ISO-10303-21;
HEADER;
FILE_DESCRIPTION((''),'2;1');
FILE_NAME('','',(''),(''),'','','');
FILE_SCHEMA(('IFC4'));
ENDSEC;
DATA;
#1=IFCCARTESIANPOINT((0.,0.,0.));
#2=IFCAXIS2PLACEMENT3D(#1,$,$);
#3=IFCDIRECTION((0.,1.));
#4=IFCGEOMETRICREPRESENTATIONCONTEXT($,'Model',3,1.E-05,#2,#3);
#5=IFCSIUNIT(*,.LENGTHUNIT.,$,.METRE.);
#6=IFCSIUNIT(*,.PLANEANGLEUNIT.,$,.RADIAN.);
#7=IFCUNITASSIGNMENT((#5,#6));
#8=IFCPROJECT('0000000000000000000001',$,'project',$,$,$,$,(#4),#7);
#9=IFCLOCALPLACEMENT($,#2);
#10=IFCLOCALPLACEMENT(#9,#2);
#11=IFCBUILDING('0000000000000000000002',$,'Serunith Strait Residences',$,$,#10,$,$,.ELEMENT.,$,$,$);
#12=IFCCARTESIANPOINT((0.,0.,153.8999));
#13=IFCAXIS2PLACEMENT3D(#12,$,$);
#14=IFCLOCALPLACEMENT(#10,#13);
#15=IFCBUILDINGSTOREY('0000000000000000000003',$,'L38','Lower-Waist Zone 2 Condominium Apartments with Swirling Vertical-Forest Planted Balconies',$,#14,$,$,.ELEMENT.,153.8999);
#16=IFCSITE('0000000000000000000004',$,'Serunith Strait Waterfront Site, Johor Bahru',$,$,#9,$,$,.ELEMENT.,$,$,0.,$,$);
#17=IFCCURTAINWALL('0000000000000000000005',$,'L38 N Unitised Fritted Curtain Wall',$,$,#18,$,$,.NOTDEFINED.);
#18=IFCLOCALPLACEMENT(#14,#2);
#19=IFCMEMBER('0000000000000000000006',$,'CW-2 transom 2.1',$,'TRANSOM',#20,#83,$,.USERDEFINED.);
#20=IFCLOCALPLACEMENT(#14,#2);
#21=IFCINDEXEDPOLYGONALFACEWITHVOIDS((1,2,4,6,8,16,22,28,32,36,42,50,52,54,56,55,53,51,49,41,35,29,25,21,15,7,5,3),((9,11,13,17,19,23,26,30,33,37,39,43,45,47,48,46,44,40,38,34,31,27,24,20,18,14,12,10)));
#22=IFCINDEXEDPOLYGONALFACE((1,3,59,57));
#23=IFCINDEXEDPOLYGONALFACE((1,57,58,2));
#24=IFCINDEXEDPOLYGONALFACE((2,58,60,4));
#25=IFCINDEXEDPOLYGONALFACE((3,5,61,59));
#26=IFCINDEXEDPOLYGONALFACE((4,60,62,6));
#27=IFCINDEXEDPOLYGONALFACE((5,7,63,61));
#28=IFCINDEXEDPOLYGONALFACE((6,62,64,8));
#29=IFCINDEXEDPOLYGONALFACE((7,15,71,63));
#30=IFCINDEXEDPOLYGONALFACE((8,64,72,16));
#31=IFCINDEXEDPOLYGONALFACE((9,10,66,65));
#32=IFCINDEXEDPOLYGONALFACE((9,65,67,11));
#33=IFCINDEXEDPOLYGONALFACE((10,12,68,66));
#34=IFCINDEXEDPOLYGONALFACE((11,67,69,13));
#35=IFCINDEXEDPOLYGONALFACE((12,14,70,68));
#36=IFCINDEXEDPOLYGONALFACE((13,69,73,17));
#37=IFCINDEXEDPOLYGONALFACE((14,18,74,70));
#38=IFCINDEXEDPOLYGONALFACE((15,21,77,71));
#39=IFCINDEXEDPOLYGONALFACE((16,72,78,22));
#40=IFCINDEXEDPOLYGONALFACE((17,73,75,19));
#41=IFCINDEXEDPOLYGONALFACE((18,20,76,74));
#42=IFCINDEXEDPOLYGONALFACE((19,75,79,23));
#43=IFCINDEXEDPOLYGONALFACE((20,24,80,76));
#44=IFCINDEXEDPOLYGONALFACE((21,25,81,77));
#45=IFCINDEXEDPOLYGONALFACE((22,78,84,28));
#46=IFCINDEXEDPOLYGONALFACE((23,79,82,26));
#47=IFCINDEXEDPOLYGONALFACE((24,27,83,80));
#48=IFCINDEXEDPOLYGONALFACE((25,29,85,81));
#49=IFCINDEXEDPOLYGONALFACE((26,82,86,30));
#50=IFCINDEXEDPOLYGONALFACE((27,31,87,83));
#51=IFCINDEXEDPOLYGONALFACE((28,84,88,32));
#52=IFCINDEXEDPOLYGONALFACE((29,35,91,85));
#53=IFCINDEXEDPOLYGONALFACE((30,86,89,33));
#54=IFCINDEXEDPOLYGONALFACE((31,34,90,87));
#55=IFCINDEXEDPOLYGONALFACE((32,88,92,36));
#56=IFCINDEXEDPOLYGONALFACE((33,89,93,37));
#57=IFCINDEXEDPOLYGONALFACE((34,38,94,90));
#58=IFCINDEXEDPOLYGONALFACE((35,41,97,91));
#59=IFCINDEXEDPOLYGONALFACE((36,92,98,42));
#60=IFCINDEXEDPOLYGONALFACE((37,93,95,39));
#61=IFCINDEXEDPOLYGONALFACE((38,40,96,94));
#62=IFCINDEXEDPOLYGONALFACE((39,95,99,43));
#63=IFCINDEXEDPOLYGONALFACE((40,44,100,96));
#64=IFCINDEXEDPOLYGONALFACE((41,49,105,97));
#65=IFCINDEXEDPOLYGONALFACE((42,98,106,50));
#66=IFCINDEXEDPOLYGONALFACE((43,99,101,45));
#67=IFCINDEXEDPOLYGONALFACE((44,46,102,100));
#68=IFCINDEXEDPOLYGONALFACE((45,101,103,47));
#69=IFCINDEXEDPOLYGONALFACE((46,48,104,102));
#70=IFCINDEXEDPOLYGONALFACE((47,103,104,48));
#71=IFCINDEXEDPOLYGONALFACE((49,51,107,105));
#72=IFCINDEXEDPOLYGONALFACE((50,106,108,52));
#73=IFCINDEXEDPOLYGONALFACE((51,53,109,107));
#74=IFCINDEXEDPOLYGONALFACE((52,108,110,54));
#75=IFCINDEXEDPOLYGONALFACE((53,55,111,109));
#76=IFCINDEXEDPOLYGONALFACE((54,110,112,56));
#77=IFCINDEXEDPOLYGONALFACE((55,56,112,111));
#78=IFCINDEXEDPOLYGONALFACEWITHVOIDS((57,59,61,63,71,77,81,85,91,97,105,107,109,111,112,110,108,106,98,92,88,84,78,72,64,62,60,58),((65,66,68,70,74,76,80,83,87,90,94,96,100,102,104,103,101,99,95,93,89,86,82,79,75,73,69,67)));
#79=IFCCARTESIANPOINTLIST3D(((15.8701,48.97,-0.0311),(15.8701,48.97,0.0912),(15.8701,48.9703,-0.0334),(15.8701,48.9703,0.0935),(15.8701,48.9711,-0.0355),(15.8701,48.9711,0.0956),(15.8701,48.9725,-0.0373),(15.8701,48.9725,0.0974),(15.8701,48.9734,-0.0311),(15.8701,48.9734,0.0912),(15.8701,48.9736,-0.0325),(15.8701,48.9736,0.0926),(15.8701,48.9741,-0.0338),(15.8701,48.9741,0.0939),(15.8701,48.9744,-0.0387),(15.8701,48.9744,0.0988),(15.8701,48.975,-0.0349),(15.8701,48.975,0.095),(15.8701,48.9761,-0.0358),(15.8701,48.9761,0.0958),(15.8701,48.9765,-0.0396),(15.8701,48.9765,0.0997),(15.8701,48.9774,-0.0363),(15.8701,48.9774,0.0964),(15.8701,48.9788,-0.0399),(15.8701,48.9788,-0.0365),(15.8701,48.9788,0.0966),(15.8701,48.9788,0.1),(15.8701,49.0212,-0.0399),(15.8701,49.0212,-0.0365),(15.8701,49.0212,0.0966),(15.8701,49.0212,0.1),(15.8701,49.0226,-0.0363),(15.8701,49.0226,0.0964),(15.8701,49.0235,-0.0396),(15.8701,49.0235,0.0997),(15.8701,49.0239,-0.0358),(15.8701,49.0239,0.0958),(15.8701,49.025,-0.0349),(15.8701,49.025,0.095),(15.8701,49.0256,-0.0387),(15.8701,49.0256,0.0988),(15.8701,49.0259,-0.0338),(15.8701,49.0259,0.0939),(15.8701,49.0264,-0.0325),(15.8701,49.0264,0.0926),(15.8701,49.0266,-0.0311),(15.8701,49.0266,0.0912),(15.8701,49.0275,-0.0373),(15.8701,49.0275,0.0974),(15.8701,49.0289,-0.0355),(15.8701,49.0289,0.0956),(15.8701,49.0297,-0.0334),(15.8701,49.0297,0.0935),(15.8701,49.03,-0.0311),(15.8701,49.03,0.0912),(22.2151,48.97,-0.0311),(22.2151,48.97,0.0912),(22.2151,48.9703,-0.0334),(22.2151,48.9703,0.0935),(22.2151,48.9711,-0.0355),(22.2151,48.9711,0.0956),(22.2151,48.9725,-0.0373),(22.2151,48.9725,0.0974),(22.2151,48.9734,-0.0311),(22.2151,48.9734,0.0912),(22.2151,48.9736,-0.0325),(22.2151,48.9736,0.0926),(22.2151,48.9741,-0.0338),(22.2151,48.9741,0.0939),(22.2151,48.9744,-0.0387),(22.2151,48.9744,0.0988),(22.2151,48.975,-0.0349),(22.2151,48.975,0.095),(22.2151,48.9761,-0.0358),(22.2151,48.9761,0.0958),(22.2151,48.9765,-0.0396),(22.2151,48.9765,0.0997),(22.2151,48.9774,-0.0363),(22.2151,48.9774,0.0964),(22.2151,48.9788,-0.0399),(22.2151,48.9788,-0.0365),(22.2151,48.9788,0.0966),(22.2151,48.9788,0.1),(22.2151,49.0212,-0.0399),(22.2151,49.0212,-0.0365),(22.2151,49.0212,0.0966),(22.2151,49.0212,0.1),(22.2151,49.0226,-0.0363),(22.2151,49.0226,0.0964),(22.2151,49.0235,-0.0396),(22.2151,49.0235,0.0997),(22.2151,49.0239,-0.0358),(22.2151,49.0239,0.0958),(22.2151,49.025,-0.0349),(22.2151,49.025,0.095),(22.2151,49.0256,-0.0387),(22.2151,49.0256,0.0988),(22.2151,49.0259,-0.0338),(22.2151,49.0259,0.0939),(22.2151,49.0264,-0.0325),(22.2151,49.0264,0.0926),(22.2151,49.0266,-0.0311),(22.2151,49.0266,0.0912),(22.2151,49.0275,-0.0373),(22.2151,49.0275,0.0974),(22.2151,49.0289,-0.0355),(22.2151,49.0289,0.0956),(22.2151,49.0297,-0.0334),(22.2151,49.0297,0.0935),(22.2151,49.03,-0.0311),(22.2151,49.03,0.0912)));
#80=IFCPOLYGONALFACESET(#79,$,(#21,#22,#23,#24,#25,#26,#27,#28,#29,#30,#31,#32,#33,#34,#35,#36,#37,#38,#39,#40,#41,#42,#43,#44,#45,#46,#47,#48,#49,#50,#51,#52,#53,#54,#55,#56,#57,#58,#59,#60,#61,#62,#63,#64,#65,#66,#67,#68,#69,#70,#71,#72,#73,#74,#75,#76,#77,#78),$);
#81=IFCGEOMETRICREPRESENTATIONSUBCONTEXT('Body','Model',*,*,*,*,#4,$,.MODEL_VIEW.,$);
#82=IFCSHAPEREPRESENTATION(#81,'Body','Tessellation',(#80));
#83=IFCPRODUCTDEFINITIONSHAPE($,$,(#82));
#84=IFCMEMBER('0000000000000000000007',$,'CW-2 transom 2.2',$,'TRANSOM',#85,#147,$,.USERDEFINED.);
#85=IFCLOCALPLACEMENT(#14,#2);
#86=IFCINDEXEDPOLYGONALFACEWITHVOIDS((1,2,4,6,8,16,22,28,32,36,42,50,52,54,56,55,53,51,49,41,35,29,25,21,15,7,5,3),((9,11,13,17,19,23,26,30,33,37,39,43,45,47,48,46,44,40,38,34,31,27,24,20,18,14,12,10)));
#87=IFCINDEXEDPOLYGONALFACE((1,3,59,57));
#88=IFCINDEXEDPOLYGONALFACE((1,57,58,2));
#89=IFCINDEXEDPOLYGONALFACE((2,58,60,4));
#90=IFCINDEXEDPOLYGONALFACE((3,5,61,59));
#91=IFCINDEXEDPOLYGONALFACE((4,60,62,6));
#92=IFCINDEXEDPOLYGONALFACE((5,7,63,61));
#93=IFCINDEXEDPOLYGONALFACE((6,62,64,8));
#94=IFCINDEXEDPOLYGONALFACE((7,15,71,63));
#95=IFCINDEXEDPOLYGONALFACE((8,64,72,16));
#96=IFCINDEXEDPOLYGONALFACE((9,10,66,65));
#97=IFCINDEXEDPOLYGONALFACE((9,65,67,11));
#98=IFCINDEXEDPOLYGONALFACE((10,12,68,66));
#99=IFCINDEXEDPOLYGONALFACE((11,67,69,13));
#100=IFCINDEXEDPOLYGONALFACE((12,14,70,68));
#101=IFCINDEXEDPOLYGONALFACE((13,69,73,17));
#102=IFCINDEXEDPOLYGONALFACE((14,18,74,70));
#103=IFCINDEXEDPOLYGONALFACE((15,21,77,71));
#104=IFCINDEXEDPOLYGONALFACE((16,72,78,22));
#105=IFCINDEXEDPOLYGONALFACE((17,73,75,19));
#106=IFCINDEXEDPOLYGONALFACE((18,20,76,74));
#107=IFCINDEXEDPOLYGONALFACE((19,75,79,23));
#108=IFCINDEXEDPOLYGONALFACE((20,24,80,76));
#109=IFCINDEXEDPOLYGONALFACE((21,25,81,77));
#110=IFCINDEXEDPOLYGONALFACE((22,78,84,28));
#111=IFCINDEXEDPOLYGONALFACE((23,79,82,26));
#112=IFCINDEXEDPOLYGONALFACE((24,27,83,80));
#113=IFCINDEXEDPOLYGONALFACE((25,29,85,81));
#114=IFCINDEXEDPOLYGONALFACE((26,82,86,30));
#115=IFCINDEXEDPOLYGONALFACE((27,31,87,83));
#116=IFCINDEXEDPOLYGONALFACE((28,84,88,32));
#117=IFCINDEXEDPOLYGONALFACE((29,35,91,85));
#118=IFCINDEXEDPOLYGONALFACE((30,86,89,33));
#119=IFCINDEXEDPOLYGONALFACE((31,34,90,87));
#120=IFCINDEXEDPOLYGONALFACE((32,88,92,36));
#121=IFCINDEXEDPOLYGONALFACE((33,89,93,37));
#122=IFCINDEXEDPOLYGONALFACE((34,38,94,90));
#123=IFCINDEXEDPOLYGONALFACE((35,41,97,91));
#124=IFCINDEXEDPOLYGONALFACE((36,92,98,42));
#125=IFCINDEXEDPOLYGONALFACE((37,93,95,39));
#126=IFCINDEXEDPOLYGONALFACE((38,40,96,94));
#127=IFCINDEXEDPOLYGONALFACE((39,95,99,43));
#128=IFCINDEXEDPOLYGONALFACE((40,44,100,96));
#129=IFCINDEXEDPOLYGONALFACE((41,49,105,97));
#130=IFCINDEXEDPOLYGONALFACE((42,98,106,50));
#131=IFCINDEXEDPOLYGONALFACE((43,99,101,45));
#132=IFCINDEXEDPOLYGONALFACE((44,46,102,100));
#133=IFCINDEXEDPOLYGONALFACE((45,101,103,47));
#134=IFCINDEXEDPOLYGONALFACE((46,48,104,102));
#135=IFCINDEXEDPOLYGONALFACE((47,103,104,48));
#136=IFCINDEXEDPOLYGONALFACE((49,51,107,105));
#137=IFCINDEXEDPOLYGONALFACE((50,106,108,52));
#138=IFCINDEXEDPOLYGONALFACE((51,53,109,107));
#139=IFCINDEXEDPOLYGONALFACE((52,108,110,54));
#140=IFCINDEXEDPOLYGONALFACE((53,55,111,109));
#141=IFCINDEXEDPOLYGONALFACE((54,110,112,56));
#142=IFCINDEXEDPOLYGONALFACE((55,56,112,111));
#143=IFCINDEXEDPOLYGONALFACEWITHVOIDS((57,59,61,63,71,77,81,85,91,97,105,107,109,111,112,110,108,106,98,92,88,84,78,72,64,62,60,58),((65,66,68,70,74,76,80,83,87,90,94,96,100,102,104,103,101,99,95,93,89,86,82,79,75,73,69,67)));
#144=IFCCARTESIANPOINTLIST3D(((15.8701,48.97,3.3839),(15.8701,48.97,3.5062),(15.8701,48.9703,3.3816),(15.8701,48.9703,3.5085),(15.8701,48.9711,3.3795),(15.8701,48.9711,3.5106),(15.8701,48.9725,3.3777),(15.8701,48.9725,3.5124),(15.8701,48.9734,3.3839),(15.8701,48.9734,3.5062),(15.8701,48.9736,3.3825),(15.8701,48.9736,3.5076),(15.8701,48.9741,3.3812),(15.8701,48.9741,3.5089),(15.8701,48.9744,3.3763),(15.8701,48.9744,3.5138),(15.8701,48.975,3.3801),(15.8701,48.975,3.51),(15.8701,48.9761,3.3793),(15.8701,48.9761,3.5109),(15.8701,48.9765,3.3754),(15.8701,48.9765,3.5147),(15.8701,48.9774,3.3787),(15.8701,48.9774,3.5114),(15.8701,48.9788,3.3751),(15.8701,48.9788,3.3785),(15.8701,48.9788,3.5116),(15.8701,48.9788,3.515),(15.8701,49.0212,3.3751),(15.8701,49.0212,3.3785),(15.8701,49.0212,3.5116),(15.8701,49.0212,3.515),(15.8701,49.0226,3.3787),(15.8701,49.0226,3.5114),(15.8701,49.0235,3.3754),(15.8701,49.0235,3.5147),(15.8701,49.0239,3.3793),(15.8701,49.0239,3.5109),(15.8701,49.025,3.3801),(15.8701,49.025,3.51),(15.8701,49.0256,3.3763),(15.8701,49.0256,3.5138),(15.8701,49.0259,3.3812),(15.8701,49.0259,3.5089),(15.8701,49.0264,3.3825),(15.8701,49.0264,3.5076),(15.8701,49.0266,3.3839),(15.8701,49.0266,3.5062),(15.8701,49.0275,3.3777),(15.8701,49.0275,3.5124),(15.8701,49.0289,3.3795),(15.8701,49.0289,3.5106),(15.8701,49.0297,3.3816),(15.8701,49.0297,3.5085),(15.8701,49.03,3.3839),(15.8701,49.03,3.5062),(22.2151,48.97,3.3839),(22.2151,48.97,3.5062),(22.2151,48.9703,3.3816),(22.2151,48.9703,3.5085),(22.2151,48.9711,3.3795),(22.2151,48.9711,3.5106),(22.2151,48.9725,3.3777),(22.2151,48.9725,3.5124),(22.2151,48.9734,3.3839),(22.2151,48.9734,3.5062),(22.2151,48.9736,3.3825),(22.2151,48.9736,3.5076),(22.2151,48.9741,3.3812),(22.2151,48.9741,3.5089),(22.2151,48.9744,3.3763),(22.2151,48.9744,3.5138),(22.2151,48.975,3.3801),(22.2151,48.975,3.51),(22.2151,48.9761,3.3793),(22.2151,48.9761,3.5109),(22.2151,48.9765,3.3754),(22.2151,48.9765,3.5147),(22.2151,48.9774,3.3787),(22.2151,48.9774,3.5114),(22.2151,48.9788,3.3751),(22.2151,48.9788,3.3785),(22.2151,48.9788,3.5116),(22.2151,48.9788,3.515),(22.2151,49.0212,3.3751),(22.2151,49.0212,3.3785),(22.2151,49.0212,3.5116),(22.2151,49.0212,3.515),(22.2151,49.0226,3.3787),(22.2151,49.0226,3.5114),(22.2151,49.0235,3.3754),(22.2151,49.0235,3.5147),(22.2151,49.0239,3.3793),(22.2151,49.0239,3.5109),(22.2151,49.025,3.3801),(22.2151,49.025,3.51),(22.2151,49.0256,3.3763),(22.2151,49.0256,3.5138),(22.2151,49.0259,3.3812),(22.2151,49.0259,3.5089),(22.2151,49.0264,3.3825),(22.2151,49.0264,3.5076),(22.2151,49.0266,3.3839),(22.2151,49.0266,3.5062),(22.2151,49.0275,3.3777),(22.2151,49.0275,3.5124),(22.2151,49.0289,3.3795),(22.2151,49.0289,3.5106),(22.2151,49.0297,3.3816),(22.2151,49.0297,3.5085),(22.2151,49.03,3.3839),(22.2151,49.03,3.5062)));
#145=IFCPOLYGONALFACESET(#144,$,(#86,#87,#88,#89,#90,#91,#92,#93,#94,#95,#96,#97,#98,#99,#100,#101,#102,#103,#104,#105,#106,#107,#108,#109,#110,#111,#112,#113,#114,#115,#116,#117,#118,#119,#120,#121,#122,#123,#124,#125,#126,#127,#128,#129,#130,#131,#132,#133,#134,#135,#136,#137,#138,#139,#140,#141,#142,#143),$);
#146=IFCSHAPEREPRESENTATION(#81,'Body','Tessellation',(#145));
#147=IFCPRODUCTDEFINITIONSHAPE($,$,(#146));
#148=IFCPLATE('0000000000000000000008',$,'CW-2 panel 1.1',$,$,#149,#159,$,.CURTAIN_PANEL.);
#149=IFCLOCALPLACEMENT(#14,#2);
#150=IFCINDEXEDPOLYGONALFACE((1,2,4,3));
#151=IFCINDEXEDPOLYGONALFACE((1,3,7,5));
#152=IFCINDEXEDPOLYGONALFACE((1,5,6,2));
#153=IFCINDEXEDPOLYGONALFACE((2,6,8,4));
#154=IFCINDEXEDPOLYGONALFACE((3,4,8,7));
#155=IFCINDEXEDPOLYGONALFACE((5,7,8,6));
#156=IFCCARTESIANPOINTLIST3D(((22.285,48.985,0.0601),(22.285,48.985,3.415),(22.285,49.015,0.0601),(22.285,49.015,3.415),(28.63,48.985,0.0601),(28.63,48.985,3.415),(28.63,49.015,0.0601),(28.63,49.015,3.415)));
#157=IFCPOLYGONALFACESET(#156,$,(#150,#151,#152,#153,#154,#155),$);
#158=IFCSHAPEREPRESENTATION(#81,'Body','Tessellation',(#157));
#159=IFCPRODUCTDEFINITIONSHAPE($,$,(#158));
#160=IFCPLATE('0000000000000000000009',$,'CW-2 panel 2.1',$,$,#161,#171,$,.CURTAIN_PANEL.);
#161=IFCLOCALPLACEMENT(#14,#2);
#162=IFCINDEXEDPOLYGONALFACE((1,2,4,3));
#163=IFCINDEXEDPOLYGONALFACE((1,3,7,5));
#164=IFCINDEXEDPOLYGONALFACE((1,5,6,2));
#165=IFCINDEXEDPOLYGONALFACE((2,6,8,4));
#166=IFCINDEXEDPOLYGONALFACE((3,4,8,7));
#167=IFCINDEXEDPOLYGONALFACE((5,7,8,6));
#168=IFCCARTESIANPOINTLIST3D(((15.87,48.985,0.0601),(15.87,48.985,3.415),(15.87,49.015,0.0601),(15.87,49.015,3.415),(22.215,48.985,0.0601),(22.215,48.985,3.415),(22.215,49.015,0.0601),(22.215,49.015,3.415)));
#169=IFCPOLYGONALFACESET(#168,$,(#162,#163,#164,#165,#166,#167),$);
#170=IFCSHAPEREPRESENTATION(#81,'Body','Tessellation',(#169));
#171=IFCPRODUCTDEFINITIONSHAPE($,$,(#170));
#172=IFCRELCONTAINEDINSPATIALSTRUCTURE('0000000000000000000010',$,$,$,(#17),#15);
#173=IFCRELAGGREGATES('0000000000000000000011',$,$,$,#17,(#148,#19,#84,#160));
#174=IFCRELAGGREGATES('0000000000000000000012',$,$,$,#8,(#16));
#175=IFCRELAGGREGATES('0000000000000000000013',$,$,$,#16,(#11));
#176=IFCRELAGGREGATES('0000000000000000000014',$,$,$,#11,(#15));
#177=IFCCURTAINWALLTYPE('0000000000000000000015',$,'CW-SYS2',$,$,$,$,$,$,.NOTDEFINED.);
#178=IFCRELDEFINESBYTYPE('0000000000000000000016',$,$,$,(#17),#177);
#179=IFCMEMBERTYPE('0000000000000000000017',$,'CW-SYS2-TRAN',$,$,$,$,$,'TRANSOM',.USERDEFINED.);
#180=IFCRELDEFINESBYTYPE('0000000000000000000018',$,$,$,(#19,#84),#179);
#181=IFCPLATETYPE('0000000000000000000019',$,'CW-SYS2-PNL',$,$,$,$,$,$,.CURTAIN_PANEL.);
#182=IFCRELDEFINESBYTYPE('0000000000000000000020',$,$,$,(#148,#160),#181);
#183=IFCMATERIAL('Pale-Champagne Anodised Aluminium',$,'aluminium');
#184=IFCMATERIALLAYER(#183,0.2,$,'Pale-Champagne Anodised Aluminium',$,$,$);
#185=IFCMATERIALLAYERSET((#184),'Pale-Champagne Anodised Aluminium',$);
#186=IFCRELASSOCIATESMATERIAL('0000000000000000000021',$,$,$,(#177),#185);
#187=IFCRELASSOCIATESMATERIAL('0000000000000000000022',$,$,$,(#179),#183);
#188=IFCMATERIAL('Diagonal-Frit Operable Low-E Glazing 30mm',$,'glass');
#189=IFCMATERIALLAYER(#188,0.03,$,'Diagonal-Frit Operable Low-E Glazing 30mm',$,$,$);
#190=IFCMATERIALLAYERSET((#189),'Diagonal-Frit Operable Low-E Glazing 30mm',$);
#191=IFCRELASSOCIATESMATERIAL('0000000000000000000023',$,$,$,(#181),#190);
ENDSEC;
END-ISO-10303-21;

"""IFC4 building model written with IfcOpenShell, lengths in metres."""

from ifc_helpers import new_model, si_unit, direction, frame, origin, origin_2d, place, context, subcontext, project, spatial, rectangle, hollow_rectangle, extrude, source, transform, mapped, material, layer, layer_set, material_profile, profile_set, type_object, element, aggregate, save


model = new_model("IFC4")

# Units and contexts
model_context = context("Model", 3, precision=1e-05, world=origin(), true_north=direction((0.0, 1.0)))
body_context = subcontext(model_context, "Body", "Model", "MODEL_VIEW")
ifc_project = project(units=[si_unit("LENGTHUNIT", "METRE"), si_unit("PLANEANGLEUNIT", "RADIAN")], contexts=[model_context])

# Site, building, storey
site_placement = place(None, origin())
site = spatial("IfcSite", under=ifc_project, at=site_placement, Name="Serunith Strait Waterfront Site, Johor Bahru", CompositionType="ELEMENT", RefElevation=0.0)
building_placement = place(site_placement, origin())
building = spatial("IfcBuilding", under=site, at=building_placement, Name="Serunith Strait Residences", CompositionType="ELEMENT")
storey_placement = place(building_placement, frame((0.0, 0.0, 153.8999)))
storey = spatial("IfcBuildingStorey", under=building, at=storey_placement, Name="L38", Description="Lower-Waist Zone 2 Condominium Apartments with Swirling Vertical-Forest Planted Balconies", CompositionType="ELEMENT", Elevation=153.8999)

# Curtain wall, members, plates
ifc_material_1 = material(Name="Pale-Champagne Anodised Aluminium", Category="aluminium")
ifc_layer_1 = layer(ifc_material_1, 0.2, Name="Pale-Champagne Anodised Aluminium")
ifc_layer_set_1 = layer_set([ifc_layer_1], Name="Pale-Champagne Anodised Aluminium")
curtain_wall_type = type_object("IfcCurtainWallType", Name="CW-SYS2", PredefinedType="NOTDEFINED", material=ifc_layer_set_1)
curtain_wall_placement = place(storey_placement, origin())
curtain_wall = element("IfcCurtainWall", 1, at=curtain_wall_placement, inside=storey, type_object=curtain_wall_type, Name="L38 N Unitised Fritted Curtain Wall", PredefinedType="NOTDEFINED")
ifc_material_profile_1 = material_profile(ifc_material_1, hollow_rectangle(XDim=0.0601, YDim=0.1399, WallThickness=0.0034, InnerFilletRadius=0.0054, OuterFilletRadius=0.0088, at=origin_2d()), Name="ALU 140x60x3.5")
ifc_profile_set_1 = profile_set([ifc_material_profile_1], Name="Pale-Champagne Anodised Aluminium")
member_type_1 = type_object("IfcMemberType", Name="CW-SYS2-TRAN", ElementType="TRANSOM", PredefinedType="USERDEFINED", material=ifc_profile_set_1)
shared_shape_1 = source(origin(), body_context, "Body", "SweptSolid", [
    extrude(hollow_rectangle(XDim=0.0601, YDim=0.1399, WallThickness=0.0034, InnerFilletRadius=0.0054, OuterFilletRadius=0.0088, at=origin_2d()), origin(), (0.0, 0.0, 1.0), 6.345),
])
member_1_placement = place(storey_placement, frame((22.2151, 49.0, 0.03), z_axis=(-1.0, 0.0, 0.0), x_axis=(0.0, -1.0, 0.0)))
member_1 = element("IfcMember", 2, at=member_1_placement, type_object=member_type_1, Name="CW-2 transom 2.1", ObjectType="TRANSOM", PredefinedType="USERDEFINED", context=body_context, shape_type="MappedRepresentation", body=[
    mapped(shared_shape_1, transform((0.0, 0.0, 0.0), scale=1.0)),
])
member_2_placement = place(storey_placement, frame((22.2151, 49.0, 3.4451), z_axis=(-1.0, 0.0, 0.0), x_axis=(0.0, -1.0, 0.0)))
member_2 = element("IfcMember", 3, at=member_2_placement, type_object=member_type_1, Name="CW-2 transom 2.2", ObjectType="TRANSOM", PredefinedType="USERDEFINED", context=body_context, shape_type="MappedRepresentation", body=[
    mapped(shared_shape_1, transform((0.0, 0.0, 0.0), scale=1.0)),
])
ifc_material_2 = material(Name="Diagonal-Frit Operable Low-E Glazing 30mm", Category="glass")
ifc_layer_2 = layer(ifc_material_2, 0.03, Name="Diagonal-Frit Operable Low-E Glazing 30mm")
ifc_layer_set_2 = layer_set([ifc_layer_2], Name="Diagonal-Frit Operable Low-E Glazing 30mm")
plate_type = type_object("IfcPlateType", Name="CW-SYS2-PNL", PredefinedType="CURTAIN_PANEL", material=ifc_layer_set_2)
shared_shape_2 = source(origin(), body_context, "Body", "SweptSolid", [
    extrude(rectangle(XDim=6.345, YDim=0.03, at=origin_2d()), origin(), (0.0, 0.0, 1.0), 3.355),
])
plate_1_placement = place(storey_placement, frame((25.4575, 49.0, 0.0601), z_axis=(0.0, 0.0, 1.0), x_axis=(-1.0, 0.0, 0.0)))
plate_1 = element("IfcPlate", 4, at=plate_1_placement, type_object=plate_type, Name="CW-2 panel 1.1", PredefinedType="CURTAIN_PANEL", context=body_context, shape_type="MappedRepresentation", body=[
    mapped(shared_shape_2, transform((0.0, 0.0, 0.0), scale=1.0)),
])
plate_2_placement = place(storey_placement, frame((19.0425, 49.0, 0.0601), z_axis=(0.0, 0.0, 1.0), x_axis=(-1.0, 0.0, 0.0)))
plate_2 = element("IfcPlate", 5, at=plate_2_placement, type_object=plate_type, Name="CW-2 panel 2.1", PredefinedType="CURTAIN_PANEL", context=body_context, shape_type="MappedRepresentation", body=[
    mapped(shared_shape_2, transform((0.0, 0.0, 0.0), scale=1.0)),
])
aggregate(curtain_wall, [plate_1, member_1, member_2, plate_2])

save(model, "model.ifc")
